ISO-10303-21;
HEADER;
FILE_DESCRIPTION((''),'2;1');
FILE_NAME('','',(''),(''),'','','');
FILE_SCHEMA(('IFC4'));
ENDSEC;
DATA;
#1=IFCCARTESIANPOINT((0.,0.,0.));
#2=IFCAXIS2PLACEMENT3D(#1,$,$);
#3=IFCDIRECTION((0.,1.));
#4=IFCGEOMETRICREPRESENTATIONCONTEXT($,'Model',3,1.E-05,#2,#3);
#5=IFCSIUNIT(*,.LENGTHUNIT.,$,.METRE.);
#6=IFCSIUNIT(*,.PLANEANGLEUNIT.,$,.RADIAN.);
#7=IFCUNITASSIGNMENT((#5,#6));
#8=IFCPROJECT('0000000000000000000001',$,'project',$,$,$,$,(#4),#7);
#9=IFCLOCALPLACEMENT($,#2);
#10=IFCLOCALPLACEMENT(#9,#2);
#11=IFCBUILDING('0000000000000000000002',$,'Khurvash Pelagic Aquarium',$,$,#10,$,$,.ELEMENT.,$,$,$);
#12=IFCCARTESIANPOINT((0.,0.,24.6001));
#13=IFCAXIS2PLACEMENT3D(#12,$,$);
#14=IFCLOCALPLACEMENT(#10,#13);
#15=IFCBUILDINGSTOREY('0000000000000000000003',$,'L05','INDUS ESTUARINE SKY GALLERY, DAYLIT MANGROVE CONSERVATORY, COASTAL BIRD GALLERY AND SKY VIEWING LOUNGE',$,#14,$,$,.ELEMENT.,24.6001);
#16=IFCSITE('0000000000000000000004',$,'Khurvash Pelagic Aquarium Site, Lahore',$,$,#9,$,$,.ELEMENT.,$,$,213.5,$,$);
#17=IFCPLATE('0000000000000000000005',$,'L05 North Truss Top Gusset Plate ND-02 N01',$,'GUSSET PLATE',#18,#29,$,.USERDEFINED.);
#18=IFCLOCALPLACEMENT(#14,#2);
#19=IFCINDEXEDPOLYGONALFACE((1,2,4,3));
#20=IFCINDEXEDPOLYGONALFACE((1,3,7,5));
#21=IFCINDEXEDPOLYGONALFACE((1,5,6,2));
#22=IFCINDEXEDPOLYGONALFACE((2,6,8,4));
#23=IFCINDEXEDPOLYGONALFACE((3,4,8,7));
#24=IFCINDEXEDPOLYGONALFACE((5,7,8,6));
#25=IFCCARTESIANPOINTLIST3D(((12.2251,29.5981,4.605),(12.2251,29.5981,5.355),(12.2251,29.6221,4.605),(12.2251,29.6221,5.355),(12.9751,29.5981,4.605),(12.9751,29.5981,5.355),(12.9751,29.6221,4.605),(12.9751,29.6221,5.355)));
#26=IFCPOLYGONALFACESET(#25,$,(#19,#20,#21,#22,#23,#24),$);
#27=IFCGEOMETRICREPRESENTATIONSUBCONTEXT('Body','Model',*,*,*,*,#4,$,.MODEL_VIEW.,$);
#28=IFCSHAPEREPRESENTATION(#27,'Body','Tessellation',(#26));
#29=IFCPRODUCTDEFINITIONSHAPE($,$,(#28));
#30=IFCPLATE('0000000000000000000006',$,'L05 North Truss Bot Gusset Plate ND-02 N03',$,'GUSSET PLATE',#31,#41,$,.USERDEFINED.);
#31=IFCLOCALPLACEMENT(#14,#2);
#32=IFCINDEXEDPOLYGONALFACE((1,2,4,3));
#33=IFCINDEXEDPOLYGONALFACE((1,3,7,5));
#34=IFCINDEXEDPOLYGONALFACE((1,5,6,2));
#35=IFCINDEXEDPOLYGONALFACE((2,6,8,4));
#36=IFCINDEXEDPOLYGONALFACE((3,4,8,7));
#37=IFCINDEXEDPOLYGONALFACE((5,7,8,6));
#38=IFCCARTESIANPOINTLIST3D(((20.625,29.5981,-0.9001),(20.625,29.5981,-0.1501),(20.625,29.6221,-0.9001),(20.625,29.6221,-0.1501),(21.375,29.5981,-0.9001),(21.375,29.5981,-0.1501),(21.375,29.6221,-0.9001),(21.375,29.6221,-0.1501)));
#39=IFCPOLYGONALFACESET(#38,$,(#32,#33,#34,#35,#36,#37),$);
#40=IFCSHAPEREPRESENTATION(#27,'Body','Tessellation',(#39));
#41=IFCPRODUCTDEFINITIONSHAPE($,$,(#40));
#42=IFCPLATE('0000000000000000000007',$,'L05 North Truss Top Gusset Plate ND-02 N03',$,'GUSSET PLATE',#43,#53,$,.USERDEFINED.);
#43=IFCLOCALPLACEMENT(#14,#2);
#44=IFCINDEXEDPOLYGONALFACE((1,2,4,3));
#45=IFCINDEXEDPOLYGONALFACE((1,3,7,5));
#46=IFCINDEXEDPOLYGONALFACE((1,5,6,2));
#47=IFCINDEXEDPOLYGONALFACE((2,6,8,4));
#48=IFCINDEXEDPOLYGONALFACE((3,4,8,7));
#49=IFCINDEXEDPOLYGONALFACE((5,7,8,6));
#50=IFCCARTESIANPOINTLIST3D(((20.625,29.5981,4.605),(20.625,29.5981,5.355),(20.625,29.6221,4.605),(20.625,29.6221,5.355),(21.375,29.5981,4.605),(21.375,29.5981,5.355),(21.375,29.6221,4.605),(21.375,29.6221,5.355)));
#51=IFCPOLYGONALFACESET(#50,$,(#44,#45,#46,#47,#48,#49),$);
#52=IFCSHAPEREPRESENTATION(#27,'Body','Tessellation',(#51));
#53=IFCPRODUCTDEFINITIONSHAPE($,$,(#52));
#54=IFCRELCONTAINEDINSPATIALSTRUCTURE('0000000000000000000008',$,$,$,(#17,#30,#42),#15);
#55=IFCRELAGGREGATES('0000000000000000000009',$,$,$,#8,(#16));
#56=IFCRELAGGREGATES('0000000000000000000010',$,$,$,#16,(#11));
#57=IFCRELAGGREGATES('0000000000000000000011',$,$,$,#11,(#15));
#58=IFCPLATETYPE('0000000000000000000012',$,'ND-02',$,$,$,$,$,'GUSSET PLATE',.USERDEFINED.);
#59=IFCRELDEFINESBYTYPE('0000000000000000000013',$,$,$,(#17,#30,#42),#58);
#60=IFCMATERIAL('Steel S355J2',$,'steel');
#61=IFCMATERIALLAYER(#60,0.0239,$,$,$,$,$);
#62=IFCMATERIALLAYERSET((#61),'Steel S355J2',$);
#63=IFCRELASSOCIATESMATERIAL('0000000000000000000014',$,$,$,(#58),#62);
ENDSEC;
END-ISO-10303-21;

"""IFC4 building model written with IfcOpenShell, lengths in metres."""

from ifc_helpers import new_model, si_unit, direction, frame, origin, origin_2d, place, context, subcontext, project, spatial, rectangle, extrude, material, layer, layer_set, type_object, element, save


model = new_model("IFC4")

# Units and contexts
model_context = context("Model", 3, precision=1e-05, world=origin(), true_north=direction((0.0, 1.0)))
body_context = subcontext(model_context, "Body", "Model", "MODEL_VIEW")
ifc_project = project(units=[si_unit("LENGTHUNIT", "METRE"), si_unit("PLANEANGLEUNIT", "RADIAN")], contexts=[model_context])

# Site, building, storey
site_placement = place(None, origin())
site = spatial("IfcSite", under=ifc_project, at=site_placement, Name="Khurvash Pelagic Aquarium Site, Lahore", CompositionType="ELEMENT", RefElevation=213.5)
building_placement = place(site_placement, origin())
building = spatial("IfcBuilding", under=site, at=building_placement, Name="Khurvash Pelagic Aquarium", CompositionType="ELEMENT")
storey_placement = place(building_placement, frame((0.0, 0.0, 24.6001)))
storey = spatial("IfcBuildingStorey", under=building, at=storey_placement, Name="L05", Description="INDUS ESTUARINE SKY GALLERY, DAYLIT MANGROVE CONSERVATORY, COASTAL BIRD GALLERY AND SKY VIEWING LOUNGE", CompositionType="ELEMENT", Elevation=24.6001)

# Shared definitions
ifc_material_1 = material(Name="Steel S355J2", Category="steel")

# Plates
ifc_layer_1 = layer(ifc_material_1, 0.0239)
ifc_layer_set_1 = layer_set([ifc_layer_1], Name="Steel S355J2")
plate_type_1 = type_object("IfcPlateType", Name="ND-02", ElementType="GUSSET PLATE", PredefinedType="USERDEFINED", material=ifc_layer_set_1)
for number, where, z_axis, x_axis, name in (
    (1, (12.6001, 29.6101, 4.605), (0.0, 0.0, 1.0), (1.0, 0.0, 0.0), "L05 North Truss Top Gusset Plate ND-02 N01"),
    (2, (21.0, 29.6101, -0.9001), (0.0, 0.0, 1.0), (1.0, 0.0, 0.0), "L05 North Truss Bot Gusset Plate ND-02 N03"),
    (3, (21.0, 29.6101, 4.605), (0.0, 0.0, 1.0), (1.0, 0.0, 0.0), "L05 North Truss Top Gusset Plate ND-02 N03"),
):
    element("IfcPlate", number, at=place(storey_placement, frame(where, z_axis=z_axis, x_axis=x_axis)), inside=storey, type_object=plate_type_1, Name=name, ObjectType="GUSSET PLATE", PredefinedType="USERDEFINED", context=body_context, shape_type="SweptSolid", body=[
        extrude(rectangle(XDim=0.75, YDim=0.0239, at=origin_2d()), origin(), (0.0, 0.0, 1.0), 0.75),
    ])

save(model, "model.ifc")
